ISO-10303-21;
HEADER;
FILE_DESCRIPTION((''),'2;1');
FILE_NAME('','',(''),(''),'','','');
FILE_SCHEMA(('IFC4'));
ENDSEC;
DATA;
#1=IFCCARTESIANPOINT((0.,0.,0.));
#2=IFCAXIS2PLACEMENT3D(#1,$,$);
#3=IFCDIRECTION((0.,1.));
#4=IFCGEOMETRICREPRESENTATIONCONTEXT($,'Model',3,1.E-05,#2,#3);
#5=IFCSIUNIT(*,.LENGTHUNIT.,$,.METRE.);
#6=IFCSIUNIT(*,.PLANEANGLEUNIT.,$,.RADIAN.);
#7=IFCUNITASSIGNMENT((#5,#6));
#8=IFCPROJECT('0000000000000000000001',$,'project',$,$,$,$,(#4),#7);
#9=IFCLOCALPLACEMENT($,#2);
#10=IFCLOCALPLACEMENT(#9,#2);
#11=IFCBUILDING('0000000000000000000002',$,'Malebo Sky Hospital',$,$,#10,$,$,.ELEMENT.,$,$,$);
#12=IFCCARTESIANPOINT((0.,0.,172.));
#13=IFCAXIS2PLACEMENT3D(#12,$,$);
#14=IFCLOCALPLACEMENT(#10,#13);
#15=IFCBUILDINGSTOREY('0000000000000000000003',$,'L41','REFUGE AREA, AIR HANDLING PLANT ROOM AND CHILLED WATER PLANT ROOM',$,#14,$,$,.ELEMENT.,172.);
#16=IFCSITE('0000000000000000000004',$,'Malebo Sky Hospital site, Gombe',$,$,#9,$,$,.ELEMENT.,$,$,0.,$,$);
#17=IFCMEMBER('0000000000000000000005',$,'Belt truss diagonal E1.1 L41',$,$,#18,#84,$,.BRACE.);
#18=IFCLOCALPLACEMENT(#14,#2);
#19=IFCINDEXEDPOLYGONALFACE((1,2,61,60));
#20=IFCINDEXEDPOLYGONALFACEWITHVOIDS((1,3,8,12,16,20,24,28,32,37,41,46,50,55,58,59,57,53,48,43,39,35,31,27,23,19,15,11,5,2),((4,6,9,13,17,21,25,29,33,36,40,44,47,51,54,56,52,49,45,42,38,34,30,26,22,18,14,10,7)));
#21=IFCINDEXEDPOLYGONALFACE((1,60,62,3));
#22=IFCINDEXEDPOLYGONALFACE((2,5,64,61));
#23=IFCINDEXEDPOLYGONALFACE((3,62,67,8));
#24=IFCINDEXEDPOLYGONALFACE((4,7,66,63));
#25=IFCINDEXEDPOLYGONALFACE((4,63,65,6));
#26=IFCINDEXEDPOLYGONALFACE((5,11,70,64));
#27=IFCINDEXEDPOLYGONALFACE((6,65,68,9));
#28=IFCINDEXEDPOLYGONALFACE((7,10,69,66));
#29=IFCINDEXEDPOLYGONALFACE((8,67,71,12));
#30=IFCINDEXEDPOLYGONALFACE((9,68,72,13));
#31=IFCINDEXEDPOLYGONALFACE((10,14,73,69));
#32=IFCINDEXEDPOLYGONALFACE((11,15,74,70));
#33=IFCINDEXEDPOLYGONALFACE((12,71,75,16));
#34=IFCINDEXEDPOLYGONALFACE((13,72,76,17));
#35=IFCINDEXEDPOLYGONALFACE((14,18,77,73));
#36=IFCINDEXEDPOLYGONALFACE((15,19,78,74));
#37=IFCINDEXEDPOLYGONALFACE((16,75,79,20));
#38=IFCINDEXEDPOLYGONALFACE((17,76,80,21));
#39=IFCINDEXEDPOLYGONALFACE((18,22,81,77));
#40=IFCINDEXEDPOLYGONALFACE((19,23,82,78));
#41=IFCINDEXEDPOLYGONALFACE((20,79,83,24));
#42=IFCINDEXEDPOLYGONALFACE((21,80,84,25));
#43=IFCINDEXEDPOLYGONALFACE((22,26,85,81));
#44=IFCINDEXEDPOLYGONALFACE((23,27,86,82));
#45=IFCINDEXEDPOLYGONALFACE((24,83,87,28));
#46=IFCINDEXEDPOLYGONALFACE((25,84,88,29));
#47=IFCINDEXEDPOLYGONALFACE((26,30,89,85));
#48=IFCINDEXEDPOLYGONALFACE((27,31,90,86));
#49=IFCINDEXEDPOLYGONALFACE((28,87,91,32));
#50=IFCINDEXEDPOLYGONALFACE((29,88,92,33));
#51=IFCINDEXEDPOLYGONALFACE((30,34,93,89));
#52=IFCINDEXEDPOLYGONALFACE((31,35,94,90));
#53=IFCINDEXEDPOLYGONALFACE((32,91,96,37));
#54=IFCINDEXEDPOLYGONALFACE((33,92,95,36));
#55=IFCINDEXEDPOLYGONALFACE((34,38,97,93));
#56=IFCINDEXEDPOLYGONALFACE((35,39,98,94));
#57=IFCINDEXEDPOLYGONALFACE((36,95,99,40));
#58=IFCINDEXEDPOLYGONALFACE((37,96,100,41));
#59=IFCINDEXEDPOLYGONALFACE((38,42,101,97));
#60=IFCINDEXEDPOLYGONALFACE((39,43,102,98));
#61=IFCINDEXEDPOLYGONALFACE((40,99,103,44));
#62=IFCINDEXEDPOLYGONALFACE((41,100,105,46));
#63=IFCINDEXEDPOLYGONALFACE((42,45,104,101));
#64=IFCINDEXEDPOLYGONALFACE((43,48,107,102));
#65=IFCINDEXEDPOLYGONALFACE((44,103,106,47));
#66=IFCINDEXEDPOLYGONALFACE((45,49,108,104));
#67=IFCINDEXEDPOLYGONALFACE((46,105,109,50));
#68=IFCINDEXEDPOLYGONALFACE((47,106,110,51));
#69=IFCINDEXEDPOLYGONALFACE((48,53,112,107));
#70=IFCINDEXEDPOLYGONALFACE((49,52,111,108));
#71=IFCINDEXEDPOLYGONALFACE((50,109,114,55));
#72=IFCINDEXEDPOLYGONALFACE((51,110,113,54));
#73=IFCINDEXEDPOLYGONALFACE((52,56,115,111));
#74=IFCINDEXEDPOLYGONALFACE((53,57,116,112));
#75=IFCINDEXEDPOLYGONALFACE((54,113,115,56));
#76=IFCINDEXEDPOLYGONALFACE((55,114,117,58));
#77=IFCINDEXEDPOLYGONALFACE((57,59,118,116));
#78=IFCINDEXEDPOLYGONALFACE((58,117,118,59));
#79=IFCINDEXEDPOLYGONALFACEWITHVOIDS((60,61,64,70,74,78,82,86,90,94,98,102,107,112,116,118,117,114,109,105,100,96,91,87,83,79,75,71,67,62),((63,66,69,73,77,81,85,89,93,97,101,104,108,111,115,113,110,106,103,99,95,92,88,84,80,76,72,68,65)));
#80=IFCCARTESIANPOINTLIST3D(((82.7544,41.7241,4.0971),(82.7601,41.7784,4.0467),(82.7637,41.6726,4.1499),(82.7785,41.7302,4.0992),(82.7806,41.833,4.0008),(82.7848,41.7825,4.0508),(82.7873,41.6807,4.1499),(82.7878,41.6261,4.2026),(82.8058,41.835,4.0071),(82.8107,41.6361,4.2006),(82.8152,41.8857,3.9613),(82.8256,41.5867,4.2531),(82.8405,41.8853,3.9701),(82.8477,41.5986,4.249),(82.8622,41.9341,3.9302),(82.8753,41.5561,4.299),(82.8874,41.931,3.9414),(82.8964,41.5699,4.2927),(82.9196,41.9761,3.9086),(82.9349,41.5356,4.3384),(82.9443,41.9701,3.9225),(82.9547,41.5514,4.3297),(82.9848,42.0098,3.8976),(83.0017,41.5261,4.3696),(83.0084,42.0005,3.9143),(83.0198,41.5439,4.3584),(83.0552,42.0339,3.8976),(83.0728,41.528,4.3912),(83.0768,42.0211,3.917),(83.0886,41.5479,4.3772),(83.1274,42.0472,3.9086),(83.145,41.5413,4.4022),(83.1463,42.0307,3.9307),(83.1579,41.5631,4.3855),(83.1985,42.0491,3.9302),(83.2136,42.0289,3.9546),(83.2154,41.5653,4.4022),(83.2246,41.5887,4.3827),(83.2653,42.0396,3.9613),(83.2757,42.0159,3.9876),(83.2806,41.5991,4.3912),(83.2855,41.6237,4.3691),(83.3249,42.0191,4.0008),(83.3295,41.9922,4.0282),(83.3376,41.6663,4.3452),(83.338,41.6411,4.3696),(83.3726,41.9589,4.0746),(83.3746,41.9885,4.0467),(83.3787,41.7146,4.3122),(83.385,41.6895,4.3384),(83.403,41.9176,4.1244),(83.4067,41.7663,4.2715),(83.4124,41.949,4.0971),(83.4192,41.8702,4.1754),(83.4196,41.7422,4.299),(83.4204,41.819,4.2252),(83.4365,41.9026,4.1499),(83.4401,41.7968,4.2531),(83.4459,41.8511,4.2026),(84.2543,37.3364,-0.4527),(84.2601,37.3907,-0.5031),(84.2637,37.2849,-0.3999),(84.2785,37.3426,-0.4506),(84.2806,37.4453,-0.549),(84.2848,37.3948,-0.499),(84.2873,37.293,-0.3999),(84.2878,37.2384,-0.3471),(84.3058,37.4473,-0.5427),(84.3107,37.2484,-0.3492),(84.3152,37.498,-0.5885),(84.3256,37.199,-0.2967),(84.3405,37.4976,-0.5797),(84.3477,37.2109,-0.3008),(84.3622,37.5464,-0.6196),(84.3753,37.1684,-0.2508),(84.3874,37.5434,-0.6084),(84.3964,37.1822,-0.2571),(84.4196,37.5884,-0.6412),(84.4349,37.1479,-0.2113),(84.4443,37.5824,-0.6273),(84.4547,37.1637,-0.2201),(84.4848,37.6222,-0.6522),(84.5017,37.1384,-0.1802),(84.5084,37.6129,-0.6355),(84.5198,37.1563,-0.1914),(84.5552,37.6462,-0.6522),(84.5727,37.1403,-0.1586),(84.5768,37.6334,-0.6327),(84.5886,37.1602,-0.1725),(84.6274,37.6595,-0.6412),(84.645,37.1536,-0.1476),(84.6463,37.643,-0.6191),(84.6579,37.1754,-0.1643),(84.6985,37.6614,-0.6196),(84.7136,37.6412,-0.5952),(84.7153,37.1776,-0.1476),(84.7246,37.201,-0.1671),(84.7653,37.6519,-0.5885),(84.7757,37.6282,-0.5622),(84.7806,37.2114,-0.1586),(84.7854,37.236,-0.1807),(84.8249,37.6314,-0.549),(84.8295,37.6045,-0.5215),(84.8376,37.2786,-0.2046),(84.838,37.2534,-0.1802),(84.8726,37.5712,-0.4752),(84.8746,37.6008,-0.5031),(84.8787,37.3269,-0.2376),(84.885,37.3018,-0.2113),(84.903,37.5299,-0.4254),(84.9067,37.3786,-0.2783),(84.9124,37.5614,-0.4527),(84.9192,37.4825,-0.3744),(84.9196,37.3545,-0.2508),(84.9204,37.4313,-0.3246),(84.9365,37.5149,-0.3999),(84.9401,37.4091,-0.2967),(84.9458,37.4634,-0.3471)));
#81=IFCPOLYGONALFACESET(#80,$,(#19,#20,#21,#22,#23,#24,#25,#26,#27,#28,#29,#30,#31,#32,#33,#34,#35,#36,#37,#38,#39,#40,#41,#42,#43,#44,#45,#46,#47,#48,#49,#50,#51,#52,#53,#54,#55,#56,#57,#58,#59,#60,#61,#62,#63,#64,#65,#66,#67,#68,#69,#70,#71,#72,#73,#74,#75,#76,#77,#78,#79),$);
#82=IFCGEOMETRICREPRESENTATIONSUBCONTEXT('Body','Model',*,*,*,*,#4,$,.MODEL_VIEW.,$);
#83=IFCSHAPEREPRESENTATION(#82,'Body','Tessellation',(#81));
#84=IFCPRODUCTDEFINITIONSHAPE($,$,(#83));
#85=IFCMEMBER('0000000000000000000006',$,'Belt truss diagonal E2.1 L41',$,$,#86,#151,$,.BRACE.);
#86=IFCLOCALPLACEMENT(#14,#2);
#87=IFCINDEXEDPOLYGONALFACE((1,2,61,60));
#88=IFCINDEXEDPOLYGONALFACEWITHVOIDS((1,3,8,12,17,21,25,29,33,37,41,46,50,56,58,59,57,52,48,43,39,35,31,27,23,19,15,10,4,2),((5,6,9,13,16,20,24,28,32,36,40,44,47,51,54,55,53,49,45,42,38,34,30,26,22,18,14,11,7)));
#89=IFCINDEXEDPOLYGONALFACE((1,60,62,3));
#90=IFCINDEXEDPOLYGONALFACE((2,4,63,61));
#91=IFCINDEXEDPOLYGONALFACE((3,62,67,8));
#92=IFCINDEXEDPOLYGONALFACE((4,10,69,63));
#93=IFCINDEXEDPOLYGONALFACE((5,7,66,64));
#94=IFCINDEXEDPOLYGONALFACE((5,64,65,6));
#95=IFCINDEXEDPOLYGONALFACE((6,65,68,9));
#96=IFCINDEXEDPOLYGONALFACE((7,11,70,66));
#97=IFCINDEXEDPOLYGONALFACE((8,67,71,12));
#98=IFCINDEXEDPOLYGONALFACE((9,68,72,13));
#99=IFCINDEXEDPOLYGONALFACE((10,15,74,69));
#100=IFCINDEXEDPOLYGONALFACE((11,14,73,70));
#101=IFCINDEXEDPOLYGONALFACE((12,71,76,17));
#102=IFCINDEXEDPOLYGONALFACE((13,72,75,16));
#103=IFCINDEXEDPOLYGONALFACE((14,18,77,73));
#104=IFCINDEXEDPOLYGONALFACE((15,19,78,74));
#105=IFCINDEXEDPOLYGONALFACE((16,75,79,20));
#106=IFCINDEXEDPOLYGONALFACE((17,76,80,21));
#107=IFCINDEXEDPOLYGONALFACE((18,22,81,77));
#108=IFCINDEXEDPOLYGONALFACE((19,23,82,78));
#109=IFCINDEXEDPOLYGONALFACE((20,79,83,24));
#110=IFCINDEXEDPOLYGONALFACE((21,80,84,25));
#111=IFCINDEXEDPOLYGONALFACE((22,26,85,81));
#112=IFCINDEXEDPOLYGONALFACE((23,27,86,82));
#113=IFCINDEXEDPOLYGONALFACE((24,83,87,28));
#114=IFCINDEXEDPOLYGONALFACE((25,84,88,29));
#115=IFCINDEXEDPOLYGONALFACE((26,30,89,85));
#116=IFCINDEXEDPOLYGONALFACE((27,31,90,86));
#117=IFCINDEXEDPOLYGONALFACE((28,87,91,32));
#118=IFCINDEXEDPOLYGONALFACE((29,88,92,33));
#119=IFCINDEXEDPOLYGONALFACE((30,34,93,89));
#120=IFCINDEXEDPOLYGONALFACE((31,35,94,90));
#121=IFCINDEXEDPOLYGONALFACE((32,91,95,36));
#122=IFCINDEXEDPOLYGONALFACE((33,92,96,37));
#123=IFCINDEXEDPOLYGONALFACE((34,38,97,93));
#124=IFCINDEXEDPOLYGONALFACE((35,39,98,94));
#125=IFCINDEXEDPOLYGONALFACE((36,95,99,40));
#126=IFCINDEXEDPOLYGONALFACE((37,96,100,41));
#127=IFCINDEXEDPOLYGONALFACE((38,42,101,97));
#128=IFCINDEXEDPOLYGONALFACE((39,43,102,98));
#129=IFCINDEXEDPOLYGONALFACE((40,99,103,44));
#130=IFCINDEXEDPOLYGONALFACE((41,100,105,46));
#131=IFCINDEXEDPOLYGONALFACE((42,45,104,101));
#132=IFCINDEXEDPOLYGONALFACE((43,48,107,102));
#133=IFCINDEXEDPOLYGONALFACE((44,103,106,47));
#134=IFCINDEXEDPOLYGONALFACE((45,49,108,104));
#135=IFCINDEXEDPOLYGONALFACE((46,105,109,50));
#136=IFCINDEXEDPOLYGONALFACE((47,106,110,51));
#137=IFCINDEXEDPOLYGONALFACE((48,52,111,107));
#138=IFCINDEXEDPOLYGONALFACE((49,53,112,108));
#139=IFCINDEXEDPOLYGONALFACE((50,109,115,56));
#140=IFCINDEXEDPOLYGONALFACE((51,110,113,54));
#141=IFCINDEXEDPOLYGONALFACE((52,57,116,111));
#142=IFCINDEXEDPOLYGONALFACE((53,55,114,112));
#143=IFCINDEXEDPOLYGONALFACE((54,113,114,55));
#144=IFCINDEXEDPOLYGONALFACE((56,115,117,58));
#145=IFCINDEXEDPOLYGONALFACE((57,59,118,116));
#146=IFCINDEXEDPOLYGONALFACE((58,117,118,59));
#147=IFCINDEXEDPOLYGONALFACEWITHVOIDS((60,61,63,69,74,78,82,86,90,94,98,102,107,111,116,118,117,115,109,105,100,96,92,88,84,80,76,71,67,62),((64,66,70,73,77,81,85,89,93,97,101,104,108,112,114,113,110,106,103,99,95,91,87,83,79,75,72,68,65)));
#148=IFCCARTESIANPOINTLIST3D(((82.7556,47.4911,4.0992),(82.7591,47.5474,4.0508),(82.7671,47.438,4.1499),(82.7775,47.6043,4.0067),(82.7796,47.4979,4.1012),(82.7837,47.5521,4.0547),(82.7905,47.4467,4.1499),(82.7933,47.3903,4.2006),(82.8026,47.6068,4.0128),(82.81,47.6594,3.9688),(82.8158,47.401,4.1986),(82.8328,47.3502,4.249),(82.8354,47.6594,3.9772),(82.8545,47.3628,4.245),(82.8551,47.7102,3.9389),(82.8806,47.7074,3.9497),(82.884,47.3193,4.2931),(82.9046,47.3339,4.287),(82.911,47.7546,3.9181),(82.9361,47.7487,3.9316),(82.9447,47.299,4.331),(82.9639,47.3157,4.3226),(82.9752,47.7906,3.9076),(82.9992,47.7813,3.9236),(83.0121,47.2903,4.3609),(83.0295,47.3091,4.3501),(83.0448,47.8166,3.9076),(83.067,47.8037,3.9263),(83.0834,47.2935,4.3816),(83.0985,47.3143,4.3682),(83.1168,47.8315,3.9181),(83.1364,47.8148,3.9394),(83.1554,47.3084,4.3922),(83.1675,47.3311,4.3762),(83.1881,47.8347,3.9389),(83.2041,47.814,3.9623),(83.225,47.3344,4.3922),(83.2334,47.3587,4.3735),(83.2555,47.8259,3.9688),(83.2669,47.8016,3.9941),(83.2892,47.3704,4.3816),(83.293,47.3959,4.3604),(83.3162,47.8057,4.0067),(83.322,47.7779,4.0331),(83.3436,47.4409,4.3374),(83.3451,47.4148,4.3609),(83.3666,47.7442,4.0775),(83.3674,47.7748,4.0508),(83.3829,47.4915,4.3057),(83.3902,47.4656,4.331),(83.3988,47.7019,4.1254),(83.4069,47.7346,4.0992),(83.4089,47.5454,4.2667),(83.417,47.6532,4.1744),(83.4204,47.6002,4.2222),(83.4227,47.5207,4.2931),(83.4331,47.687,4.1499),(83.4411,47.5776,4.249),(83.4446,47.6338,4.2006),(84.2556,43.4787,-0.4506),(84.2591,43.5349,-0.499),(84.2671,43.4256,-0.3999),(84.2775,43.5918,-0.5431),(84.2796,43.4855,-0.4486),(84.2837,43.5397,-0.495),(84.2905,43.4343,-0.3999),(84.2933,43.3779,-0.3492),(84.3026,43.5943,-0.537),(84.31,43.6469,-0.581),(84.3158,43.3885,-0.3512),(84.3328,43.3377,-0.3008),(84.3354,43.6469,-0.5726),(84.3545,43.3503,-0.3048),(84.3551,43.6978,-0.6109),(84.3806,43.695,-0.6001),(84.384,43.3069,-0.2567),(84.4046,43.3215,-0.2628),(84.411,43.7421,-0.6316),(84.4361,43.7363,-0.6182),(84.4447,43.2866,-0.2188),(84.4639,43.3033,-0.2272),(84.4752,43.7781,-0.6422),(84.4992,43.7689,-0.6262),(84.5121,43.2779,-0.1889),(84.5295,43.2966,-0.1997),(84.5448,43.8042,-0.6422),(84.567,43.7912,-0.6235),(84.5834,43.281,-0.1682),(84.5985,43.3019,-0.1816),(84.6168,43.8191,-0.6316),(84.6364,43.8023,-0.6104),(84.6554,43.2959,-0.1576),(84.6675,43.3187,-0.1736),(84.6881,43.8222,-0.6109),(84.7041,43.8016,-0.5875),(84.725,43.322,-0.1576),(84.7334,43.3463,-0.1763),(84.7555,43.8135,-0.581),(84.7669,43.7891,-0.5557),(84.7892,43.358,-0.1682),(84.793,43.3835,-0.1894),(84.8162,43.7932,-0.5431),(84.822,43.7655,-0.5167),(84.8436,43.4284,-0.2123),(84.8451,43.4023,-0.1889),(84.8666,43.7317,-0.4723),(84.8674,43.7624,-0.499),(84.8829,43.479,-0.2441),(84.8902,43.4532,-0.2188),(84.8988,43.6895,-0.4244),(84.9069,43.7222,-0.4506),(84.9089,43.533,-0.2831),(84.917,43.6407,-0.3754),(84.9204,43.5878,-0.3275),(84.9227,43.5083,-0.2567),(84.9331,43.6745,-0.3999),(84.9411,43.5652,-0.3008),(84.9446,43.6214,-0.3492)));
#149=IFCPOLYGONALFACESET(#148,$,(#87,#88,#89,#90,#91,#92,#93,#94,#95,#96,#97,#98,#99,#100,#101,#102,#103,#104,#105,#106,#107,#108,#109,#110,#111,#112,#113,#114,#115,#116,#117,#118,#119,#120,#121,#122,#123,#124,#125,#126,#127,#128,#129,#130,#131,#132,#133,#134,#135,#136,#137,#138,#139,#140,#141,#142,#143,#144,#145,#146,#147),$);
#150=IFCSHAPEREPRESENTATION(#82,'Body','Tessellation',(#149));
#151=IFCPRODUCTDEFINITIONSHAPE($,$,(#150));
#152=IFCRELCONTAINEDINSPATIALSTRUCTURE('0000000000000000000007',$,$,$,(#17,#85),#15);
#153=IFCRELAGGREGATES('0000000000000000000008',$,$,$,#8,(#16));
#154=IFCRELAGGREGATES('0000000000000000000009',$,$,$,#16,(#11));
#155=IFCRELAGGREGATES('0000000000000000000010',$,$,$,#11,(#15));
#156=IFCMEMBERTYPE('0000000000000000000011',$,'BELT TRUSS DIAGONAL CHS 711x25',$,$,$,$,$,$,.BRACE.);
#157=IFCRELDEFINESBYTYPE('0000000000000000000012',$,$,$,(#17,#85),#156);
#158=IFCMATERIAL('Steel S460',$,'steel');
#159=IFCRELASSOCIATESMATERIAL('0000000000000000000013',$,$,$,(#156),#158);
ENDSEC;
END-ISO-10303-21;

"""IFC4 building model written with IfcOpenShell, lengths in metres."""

from ifc_helpers import new_model, si_unit, direction, frame, origin, origin_2d, place, context, subcontext, project, spatial, hollow_circle, extrude, material, material_profile, profile_set, type_object, element, save


model = new_model("IFC4")

# Units and contexts
model_context = context("Model", 3, precision=1e-05, world=origin(), true_north=direction((0.0, 1.0)))
body_context = subcontext(model_context, "Body", "Model", "MODEL_VIEW")
ifc_project = project(units=[si_unit("LENGTHUNIT", "METRE"), si_unit("PLANEANGLEUNIT", "RADIAN")], contexts=[model_context])

# Site, building, storey
site_placement = place(None, origin())
site = spatial("IfcSite", under=ifc_project, at=site_placement, Name="Malebo Sky Hospital site, Gombe", CompositionType="ELEMENT", RefElevation=0.0)
building_placement = place(site_placement, origin())
building = spatial("IfcBuilding", under=site, at=building_placement, Name="Malebo Sky Hospital", CompositionType="ELEMENT")
storey_placement = place(building_placement, frame((0.0, 0.0, 172.0)))
storey = spatial("IfcBuildingStorey", under=building, at=storey_placement, Name="L41", Description="REFUGE AREA, AIR HANDLING PLANT ROOM AND CHILLED WATER PLANT ROOM", CompositionType="ELEMENT", Elevation=172.0)

# Shared definitions
ifc_material_1 = material(Name="Steel S460", Category="steel")

# Members
ifc_material_profile_1 = material_profile(ifc_material_1, hollow_circle(Radius=0.3555, WallThickness=0.0249, at=origin_2d()), Name="CHS 711x25")
ifc_profile_set_1 = profile_set([ifc_material_profile_1], Name="Steel S460")
member_type_1 = type_object("IfcMemberType", Name="BELT TRUSS DIAGONAL CHS 711x25", PredefinedType="BRACE", material=ifc_profile_set_1)
member_1_placement = place(storey_placement, frame((84.6001, 37.3999, -0.3999), z_axis=(-0.230899, 0.675409, 0.700363), x_axis=(-0.946234, -0.323484, 0.0)))
element("IfcMember", 1, at=member_1_placement, inside=storey, type_object=member_type_1, Name="Belt truss diagonal E1.1 L41", PredefinedType="BRACE", context=body_context, shape_type="SweptSolid", body=[
    extrude(hollow_circle(Radius=0.3555, WallThickness=0.0249, at=origin_2d()), origin(), (0.0, 0.0, 1.0), 6.4963),
])
member_2_placement = place(storey_placement, frame((84.6001, 43.55, -0.3999), z_axis=(-0.240037, 0.642091, 0.728081), x_axis=(-0.936687, -0.350168, 0.0)))
element("IfcMember", 2, at=member_2_placement, inside=storey, type_object=member_type_1, Name="Belt truss diagonal E2.1 L41", PredefinedType="BRACE", context=body_context, shape_type="SweptSolid", body=[
    extrude(hollow_circle(Radius=0.3555, WallThickness=0.0249, at=origin_2d()), origin(), (0.0, 0.0, 1.0), 6.249),
])

save(model, "model.ifc")
